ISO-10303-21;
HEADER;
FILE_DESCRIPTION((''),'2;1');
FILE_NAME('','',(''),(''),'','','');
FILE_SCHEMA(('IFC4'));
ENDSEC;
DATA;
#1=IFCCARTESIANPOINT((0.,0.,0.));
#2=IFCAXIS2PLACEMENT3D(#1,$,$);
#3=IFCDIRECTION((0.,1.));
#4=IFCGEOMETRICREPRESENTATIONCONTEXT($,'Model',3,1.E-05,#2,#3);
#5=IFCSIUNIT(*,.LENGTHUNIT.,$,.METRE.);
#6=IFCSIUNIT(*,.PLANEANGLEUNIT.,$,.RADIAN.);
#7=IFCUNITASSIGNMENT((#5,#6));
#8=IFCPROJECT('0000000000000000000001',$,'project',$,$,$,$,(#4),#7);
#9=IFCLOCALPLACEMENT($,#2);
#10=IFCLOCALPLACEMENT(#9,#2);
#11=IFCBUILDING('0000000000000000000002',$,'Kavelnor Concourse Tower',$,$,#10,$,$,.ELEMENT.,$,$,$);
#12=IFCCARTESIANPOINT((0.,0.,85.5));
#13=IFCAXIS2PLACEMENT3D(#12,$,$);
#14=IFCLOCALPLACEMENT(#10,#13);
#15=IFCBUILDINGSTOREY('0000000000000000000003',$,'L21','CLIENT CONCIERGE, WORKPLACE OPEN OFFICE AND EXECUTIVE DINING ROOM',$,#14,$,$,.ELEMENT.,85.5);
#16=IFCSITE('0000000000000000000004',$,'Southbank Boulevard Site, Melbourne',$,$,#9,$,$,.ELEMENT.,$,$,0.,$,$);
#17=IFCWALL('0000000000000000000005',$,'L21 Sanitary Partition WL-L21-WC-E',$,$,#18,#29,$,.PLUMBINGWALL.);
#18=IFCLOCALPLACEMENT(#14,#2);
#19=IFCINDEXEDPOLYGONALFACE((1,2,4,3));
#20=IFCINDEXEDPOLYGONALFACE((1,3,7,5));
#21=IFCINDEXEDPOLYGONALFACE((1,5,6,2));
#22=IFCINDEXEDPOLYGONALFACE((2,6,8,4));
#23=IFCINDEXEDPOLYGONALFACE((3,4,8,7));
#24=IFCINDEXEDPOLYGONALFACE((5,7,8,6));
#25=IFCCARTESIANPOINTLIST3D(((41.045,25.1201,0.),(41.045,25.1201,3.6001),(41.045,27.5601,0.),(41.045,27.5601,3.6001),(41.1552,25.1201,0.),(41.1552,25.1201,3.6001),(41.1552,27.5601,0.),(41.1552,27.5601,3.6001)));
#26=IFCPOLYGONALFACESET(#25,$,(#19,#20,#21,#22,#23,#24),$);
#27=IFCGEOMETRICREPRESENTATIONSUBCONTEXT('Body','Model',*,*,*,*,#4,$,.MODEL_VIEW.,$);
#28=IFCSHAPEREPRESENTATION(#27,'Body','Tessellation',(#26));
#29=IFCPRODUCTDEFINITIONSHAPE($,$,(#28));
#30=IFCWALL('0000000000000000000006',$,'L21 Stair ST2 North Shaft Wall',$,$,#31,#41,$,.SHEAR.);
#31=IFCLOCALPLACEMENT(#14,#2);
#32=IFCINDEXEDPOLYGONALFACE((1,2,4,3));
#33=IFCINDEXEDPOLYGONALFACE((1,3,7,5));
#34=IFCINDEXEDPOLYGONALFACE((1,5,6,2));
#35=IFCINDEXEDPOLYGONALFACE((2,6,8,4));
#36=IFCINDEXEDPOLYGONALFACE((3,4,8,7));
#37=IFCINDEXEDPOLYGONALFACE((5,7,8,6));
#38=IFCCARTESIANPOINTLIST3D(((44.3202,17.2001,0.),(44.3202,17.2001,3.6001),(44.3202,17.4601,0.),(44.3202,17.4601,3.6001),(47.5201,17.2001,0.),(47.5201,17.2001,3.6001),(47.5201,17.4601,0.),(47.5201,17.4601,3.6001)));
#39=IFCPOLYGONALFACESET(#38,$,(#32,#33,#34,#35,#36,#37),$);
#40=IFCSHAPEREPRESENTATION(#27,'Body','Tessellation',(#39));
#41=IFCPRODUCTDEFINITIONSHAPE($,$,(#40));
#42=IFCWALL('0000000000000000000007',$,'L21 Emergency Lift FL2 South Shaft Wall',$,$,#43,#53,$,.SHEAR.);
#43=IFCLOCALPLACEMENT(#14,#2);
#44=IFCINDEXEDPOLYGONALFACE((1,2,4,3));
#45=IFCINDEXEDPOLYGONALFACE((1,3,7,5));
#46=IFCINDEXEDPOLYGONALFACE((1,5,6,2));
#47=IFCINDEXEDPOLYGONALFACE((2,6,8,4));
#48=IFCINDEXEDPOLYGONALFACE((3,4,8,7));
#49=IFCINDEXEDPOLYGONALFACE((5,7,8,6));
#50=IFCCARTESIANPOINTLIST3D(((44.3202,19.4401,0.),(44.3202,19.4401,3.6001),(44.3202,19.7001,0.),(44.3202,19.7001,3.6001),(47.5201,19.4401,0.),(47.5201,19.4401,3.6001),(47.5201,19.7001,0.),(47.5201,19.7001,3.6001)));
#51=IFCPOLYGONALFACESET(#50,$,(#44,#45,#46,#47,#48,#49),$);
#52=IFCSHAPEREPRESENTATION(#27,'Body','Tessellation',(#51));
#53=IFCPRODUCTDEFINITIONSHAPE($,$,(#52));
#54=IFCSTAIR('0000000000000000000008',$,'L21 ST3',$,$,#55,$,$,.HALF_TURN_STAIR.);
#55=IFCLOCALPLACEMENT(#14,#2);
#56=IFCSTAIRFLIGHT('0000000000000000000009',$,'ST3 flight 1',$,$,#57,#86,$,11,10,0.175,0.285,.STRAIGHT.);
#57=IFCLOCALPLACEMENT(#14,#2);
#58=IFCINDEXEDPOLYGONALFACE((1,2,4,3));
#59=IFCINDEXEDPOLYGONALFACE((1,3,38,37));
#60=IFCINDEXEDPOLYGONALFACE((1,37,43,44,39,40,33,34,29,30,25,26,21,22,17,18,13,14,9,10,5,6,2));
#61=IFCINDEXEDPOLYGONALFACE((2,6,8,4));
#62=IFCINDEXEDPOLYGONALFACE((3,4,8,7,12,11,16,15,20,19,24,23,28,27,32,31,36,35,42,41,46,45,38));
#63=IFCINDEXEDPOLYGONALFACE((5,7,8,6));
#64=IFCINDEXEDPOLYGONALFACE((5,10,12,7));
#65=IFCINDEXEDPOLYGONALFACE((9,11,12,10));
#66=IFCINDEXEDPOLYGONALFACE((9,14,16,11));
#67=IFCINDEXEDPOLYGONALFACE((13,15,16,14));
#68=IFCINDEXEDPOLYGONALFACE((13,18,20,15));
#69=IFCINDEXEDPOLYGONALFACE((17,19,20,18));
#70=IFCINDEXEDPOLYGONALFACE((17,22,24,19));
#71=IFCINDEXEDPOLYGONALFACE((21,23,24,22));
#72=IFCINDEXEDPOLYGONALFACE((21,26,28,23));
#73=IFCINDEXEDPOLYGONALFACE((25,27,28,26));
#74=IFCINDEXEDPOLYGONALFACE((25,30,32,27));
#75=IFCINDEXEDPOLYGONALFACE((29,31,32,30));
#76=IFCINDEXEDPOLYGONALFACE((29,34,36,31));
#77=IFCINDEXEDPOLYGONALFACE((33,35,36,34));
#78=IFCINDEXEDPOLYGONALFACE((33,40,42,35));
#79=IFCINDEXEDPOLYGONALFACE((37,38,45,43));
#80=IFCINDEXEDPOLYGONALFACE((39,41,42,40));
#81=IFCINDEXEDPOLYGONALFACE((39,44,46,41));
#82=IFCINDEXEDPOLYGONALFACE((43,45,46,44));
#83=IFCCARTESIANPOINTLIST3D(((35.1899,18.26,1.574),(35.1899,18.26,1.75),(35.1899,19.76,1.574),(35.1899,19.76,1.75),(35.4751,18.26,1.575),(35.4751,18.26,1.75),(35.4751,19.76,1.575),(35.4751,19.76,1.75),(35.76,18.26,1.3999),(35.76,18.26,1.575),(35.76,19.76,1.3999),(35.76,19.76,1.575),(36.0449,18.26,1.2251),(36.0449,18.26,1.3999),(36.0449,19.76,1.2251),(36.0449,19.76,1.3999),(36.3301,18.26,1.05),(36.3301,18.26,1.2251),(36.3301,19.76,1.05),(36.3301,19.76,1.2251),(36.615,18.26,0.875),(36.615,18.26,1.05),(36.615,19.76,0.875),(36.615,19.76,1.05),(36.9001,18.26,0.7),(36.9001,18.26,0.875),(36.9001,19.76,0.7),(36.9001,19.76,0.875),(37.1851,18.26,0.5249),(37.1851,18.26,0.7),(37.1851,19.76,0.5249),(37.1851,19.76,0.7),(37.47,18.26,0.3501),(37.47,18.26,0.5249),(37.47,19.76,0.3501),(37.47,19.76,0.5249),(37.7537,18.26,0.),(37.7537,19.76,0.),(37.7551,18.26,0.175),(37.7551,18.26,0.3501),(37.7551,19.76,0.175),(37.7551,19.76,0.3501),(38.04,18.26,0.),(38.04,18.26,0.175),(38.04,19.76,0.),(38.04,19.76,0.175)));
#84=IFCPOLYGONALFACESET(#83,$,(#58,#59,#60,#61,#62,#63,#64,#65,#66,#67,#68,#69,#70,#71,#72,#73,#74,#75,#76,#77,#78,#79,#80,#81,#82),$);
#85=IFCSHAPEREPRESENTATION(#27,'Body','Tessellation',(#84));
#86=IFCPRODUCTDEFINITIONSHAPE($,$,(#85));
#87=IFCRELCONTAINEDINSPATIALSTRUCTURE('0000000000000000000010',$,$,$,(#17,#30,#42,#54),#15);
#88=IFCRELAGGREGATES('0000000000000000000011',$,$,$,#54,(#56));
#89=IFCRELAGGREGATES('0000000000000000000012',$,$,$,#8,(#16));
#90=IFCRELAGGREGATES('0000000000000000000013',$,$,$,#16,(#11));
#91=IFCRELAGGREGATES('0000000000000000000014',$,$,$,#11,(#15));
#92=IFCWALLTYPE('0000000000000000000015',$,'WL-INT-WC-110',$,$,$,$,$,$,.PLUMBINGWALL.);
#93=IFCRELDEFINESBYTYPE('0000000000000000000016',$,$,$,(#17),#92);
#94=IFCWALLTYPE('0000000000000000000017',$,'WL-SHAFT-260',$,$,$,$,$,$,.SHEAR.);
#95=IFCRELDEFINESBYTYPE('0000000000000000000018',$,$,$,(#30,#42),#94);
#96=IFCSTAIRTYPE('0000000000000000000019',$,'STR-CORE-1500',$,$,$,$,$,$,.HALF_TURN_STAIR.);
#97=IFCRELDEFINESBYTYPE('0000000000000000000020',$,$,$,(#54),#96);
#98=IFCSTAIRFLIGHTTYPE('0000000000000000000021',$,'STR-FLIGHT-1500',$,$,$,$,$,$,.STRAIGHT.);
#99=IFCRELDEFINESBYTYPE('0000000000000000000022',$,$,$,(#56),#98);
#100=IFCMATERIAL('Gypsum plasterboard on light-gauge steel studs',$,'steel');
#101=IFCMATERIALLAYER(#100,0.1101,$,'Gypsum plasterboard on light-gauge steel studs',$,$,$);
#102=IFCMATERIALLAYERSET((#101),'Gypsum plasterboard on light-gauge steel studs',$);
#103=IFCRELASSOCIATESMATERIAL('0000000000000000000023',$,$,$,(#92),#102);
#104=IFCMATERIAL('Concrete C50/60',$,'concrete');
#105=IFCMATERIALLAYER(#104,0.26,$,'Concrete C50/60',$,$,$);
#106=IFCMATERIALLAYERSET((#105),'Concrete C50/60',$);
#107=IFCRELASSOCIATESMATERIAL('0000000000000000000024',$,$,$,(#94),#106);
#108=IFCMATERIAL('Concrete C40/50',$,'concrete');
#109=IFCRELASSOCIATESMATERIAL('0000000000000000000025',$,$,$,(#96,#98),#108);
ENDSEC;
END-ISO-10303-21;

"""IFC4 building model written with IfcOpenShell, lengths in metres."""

from ifc_helpers import new_model, si_unit, direction, frame, frame_2d, origin, place, context, subcontext, project, spatial, polyline, rectangle, outline, extrude, material, layer, layer_set, type_object, element, aggregate, save


model = new_model("IFC4")

# Units and contexts
model_context = context("Model", 3, precision=1e-05, world=origin(), true_north=direction((0.0, 1.0)))
body_context = subcontext(model_context, "Body", "Model", "MODEL_VIEW")
ifc_project = project(units=[si_unit("LENGTHUNIT", "METRE"), si_unit("PLANEANGLEUNIT", "RADIAN")], contexts=[model_context])

# Site, building, storey
site_placement = place(None, origin())
site = spatial("IfcSite", under=ifc_project, at=site_placement, Name="Southbank Boulevard Site, Melbourne", CompositionType="ELEMENT", RefElevation=0.0)
building_placement = place(site_placement, origin())
building = spatial("IfcBuilding", under=site, at=building_placement, Name="Kavelnor Concourse Tower", CompositionType="ELEMENT")
storey_placement = place(building_placement, frame((0.0, 0.0, 85.5)))
storey = spatial("IfcBuildingStorey", under=building, at=storey_placement, Name="L21", Description="CLIENT CONCIERGE, WORKPLACE OPEN OFFICE AND EXECUTIVE DINING ROOM", CompositionType="ELEMENT", Elevation=85.5)

# Shared definitions
ifc_material_1 = material(Name="Gypsum plasterboard on light-gauge steel studs", Category="steel")

# Walls
ifc_layer_1 = layer(ifc_material_1, 0.1101, Name="Gypsum plasterboard on light-gauge steel studs")
ifc_layer_set_1 = layer_set([ifc_layer_1], Name="Gypsum plasterboard on light-gauge steel studs")
wall_type_1 = type_object("IfcWallType", Name="WL-INT-WC-110", PredefinedType="PLUMBINGWALL", material=ifc_layer_set_1)
for number, where, z_axis, x_axis, name in (
    (1, (41.1001, 25.1201, 0.0), (0.0, 0.0, 1.0), (0.0, 1.0, 0.0), "L21 Sanitary Partition WL-L21-WC-E"),
):
    element("IfcWall", number, at=place(storey_placement, frame(where, z_axis=z_axis, x_axis=x_axis)), inside=storey, type_object=wall_type_1, Name=name, PredefinedType="PLUMBINGWALL", context=body_context, shape_type="SweptSolid", body=[
        extrude(rectangle(XDim=2.4399, YDim=0.1101, at=frame_2d((1.22, 0.0))), origin(), (0.0, 0.0, 1.0), 3.6001),
    ])
ifc_material_2 = material(Name="Concrete C50/60", Category="concrete")
ifc_layer_2 = layer(ifc_material_2, 0.26, Name="Concrete C50/60")
ifc_layer_set_2 = layer_set([ifc_layer_2], Name="Concrete C50/60")
wall_type_2 = type_object("IfcWallType", Name="WL-SHAFT-260", PredefinedType="SHEAR", material=ifc_layer_set_2)
for number, where, z_axis, x_axis, name in (
    (2, (44.3201, 17.3301, 0.0), (0.0, 0.0, 1.0), (1.0, 0.0, 0.0), "L21 Stair ST2 North Shaft Wall"),
    (3, (44.3201, 19.5701, 0.0), (0.0, 0.0, 1.0), (1.0, 0.0, 0.0), "L21 Emergency Lift FL2 South Shaft Wall"),
):
    element("IfcWall", number, at=place(storey_placement, frame(where, z_axis=z_axis, x_axis=x_axis)), inside=storey, type_object=wall_type_2, Name=name, PredefinedType="SHEAR", context=body_context, shape_type="SweptSolid", body=[
        extrude(rectangle(XDim=3.2, YDim=0.26, at=frame_2d((1.6001, 0.0))), origin(), (0.0, 0.0, 1.0), 3.6001),
    ])

# Stair, stair flight
ifc_material_3 = material(Name="Concrete C40/50", Category="concrete")
stair_type = type_object("IfcStairType", Name="STR-CORE-1500", PredefinedType="HALF_TURN_STAIR", material=ifc_material_3)
stair_placement = place(storey_placement, origin())
stair = element("IfcStair", 4, at=stair_placement, inside=storey, type_object=stair_type, Name="L21 ST3", PredefinedType="HALF_TURN_STAIR")
stair_flight_type = type_object("IfcStairFlightType", Name="STR-FLIGHT-1500", PredefinedType="STRAIGHT", material=ifc_material_3)
stair_flight_placement = place(storey_placement, frame((38.04, 19.01, 0.0), z_axis=(0.0, 0.0, 1.0), x_axis=(-1.0, 0.0, 0.0)))
stair_flight = element("IfcStairFlight", 5, at=stair_flight_placement, type_object=stair_flight_type, Name="ST3 flight 1", NumberOfRisers=11, NumberOfTreads=10, PredefinedType="STRAIGHT", RiserHeight=0.175, TreadLength=0.285, context=body_context, shape_type="SweptSolid", body=[
    extrude(outline(polyline([(0.0, 0.0), (0.0, 0.175), (0.2849, 0.175), (0.2849, 0.3501), (0.5701, 0.3501), (0.5701, 0.5249), (0.855, 0.5249), (0.855, 0.7), (1.1399, 0.7), (1.1399, 0.875), (1.425, 0.875), (1.425, 1.05), (1.71, 1.05), (1.71, 1.2251), (1.9951, 1.2251), (1.9951, 1.3999), (2.28, 1.3999), (2.28, 1.575), (2.5649, 1.575), (2.5649, 1.75), (2.8501, 1.75), (2.8501, 1.925), (2.8501, 1.574), (0.2864, 0.0), (0.0, 0.0)])), frame((0.0, 0.75, 0.0), z_axis=(0.0, -1.0, 0.0), x_axis=(1.0, 0.0, 0.0)), (0.0, 0.0, 1.0), 1.5),
])
aggregate(stair, [stair_flight])

save(model, "model.ifc")
